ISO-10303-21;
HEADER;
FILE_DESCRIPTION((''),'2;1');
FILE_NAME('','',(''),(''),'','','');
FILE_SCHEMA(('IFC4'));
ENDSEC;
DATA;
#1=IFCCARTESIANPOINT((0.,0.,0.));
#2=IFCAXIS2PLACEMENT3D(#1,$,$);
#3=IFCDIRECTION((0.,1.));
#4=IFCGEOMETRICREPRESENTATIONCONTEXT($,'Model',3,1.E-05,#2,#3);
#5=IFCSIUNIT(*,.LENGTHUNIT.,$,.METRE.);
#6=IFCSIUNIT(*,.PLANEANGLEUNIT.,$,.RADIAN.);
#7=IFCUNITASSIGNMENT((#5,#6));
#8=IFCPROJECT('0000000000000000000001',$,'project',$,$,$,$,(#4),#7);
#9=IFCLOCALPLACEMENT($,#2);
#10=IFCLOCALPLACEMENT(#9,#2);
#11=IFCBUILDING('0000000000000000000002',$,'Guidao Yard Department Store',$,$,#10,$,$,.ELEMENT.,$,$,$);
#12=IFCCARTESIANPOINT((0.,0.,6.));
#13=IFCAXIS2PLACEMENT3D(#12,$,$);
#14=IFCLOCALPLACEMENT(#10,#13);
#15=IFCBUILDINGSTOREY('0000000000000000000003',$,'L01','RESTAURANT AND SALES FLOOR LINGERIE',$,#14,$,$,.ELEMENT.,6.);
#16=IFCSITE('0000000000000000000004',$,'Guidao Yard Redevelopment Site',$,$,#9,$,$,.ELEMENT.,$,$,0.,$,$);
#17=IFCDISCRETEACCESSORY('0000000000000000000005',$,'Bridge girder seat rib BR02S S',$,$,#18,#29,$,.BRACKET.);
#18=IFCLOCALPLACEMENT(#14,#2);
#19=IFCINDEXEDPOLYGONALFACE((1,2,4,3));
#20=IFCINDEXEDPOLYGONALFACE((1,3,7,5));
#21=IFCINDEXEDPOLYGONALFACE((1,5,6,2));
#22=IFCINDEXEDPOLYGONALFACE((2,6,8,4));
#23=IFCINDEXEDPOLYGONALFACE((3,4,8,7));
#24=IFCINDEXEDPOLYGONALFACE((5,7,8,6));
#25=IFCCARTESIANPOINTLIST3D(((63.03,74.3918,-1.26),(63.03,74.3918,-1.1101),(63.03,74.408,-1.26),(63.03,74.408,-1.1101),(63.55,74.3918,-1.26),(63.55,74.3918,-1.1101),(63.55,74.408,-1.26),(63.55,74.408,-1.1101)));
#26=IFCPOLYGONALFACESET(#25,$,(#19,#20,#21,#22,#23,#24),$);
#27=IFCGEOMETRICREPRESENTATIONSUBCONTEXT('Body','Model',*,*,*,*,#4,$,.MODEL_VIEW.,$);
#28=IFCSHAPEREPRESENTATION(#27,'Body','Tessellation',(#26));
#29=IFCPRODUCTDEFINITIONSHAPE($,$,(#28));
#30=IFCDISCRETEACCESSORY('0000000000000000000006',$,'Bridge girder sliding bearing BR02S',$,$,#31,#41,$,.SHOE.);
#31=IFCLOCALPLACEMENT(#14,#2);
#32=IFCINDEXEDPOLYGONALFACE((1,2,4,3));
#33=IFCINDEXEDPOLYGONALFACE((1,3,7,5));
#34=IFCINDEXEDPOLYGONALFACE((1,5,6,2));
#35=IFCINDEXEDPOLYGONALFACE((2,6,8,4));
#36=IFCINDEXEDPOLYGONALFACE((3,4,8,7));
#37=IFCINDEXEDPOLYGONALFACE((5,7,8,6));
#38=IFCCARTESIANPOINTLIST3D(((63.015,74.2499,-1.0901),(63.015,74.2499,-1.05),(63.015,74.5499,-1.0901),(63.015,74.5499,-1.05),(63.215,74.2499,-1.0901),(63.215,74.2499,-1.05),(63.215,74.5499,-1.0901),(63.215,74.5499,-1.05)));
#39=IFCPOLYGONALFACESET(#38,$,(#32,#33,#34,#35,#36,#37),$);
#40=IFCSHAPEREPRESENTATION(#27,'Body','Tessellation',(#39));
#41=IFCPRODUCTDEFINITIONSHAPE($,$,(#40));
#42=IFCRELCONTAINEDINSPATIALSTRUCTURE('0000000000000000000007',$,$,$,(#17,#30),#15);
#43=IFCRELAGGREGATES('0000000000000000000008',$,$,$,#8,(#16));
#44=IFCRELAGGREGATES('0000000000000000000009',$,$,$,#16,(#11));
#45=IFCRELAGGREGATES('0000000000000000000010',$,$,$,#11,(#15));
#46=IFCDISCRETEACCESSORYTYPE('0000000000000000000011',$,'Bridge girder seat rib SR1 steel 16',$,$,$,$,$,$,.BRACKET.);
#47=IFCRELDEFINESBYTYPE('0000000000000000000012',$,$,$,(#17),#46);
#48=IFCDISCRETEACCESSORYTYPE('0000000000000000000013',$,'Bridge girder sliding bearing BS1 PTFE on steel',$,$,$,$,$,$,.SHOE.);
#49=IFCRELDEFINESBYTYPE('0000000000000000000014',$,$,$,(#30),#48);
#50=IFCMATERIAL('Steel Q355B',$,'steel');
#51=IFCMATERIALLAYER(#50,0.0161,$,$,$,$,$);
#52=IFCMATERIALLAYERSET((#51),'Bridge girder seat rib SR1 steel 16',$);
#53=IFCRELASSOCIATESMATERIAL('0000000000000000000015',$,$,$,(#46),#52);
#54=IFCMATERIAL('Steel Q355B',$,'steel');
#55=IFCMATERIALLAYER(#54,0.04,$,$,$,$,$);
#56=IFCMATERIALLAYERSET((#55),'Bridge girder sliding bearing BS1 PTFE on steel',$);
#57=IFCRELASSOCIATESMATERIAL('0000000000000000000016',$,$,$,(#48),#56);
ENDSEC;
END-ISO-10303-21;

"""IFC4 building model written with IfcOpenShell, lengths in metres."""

from ifc_helpers import new_model, si_unit, direction, frame, origin, origin_2d, place, context, subcontext, project, spatial, rectangle, extrude, material, layer, layer_set, type_object, element, save


model = new_model("IFC4")

# Units and contexts
model_context = context("Model", 3, precision=1e-05, world=origin(), true_north=direction((0.0, 1.0)))
body_context = subcontext(model_context, "Body", "Model", "MODEL_VIEW")
ifc_project = project(units=[si_unit("LENGTHUNIT", "METRE"), si_unit("PLANEANGLEUNIT", "RADIAN")], contexts=[model_context])

# Site, building, storey
site_placement = place(None, origin())
site = spatial("IfcSite", under=ifc_project, at=site_placement, Name="Guidao Yard Redevelopment Site", CompositionType="ELEMENT", RefElevation=0.0)
building_placement = place(site_placement, origin())
building = spatial("IfcBuilding", under=site, at=building_placement, Name="Guidao Yard Department Store", CompositionType="ELEMENT")
storey_placement = place(building_placement, frame((0.0, 0.0, 6.0)))
storey = spatial("IfcBuildingStorey", under=building, at=storey_placement, Name="L01", Description="RESTAURANT AND SALES FLOOR LINGERIE", CompositionType="ELEMENT", Elevation=6.0)

# Discrete accessories
ifc_material_1 = material(Name="Steel Q355B", Category="steel")
ifc_layer_1 = layer(ifc_material_1, 0.0161)
ifc_layer_set_1 = layer_set([ifc_layer_1], Name="Bridge girder seat rib SR1 steel 16")
discrete_accessory_type_1 = type_object("IfcDiscreteAccessoryType", Name="Bridge girder seat rib SR1 steel 16", PredefinedType="BRACKET", material=ifc_layer_set_1)
discrete_accessory_1_placement = place(storey_placement, frame((63.29, 74.3999, -1.26), z_axis=(0.0, 0.0, 1.0), x_axis=(1.0, 0.0, 0.0)))
element("IfcDiscreteAccessory", 1, at=discrete_accessory_1_placement, inside=storey, type_object=discrete_accessory_type_1, Name="Bridge girder seat rib BR02S S", PredefinedType="BRACKET", context=body_context, shape_type="SweptSolid", body=[
    extrude(rectangle(XDim=0.52, YDim=0.0161, at=origin_2d()), origin(), (0.0, 0.0, 1.0), 0.1499),
])
ifc_material_2 = material(Name="Steel Q355B", Category="steel")
ifc_layer_2 = layer(ifc_material_2, 0.04)
ifc_layer_set_2 = layer_set([ifc_layer_2], Name="Bridge girder sliding bearing BS1 PTFE on steel")
discrete_accessory_type_2 = type_object("IfcDiscreteAccessoryType", Name="Bridge girder sliding bearing BS1 PTFE on steel", PredefinedType="SHOE", material=ifc_layer_set_2)
discrete_accessory_2_placement = place(storey_placement, frame((63.115, 74.3999, -1.0901), z_axis=(0.0, 0.0, 1.0), x_axis=(1.0, 0.0, 0.0)))
element("IfcDiscreteAccessory", 2, at=discrete_accessory_2_placement, inside=storey, type_object=discrete_accessory_type_2, Name="Bridge girder sliding bearing BR02S", PredefinedType="SHOE", context=body_context, shape_type="SweptSolid", body=[
    extrude(rectangle(XDim=0.2, YDim=0.3, at=origin_2d()), origin(), (0.0, 0.0, 1.0), 0.04),
])

save(model, "model.ifc")
